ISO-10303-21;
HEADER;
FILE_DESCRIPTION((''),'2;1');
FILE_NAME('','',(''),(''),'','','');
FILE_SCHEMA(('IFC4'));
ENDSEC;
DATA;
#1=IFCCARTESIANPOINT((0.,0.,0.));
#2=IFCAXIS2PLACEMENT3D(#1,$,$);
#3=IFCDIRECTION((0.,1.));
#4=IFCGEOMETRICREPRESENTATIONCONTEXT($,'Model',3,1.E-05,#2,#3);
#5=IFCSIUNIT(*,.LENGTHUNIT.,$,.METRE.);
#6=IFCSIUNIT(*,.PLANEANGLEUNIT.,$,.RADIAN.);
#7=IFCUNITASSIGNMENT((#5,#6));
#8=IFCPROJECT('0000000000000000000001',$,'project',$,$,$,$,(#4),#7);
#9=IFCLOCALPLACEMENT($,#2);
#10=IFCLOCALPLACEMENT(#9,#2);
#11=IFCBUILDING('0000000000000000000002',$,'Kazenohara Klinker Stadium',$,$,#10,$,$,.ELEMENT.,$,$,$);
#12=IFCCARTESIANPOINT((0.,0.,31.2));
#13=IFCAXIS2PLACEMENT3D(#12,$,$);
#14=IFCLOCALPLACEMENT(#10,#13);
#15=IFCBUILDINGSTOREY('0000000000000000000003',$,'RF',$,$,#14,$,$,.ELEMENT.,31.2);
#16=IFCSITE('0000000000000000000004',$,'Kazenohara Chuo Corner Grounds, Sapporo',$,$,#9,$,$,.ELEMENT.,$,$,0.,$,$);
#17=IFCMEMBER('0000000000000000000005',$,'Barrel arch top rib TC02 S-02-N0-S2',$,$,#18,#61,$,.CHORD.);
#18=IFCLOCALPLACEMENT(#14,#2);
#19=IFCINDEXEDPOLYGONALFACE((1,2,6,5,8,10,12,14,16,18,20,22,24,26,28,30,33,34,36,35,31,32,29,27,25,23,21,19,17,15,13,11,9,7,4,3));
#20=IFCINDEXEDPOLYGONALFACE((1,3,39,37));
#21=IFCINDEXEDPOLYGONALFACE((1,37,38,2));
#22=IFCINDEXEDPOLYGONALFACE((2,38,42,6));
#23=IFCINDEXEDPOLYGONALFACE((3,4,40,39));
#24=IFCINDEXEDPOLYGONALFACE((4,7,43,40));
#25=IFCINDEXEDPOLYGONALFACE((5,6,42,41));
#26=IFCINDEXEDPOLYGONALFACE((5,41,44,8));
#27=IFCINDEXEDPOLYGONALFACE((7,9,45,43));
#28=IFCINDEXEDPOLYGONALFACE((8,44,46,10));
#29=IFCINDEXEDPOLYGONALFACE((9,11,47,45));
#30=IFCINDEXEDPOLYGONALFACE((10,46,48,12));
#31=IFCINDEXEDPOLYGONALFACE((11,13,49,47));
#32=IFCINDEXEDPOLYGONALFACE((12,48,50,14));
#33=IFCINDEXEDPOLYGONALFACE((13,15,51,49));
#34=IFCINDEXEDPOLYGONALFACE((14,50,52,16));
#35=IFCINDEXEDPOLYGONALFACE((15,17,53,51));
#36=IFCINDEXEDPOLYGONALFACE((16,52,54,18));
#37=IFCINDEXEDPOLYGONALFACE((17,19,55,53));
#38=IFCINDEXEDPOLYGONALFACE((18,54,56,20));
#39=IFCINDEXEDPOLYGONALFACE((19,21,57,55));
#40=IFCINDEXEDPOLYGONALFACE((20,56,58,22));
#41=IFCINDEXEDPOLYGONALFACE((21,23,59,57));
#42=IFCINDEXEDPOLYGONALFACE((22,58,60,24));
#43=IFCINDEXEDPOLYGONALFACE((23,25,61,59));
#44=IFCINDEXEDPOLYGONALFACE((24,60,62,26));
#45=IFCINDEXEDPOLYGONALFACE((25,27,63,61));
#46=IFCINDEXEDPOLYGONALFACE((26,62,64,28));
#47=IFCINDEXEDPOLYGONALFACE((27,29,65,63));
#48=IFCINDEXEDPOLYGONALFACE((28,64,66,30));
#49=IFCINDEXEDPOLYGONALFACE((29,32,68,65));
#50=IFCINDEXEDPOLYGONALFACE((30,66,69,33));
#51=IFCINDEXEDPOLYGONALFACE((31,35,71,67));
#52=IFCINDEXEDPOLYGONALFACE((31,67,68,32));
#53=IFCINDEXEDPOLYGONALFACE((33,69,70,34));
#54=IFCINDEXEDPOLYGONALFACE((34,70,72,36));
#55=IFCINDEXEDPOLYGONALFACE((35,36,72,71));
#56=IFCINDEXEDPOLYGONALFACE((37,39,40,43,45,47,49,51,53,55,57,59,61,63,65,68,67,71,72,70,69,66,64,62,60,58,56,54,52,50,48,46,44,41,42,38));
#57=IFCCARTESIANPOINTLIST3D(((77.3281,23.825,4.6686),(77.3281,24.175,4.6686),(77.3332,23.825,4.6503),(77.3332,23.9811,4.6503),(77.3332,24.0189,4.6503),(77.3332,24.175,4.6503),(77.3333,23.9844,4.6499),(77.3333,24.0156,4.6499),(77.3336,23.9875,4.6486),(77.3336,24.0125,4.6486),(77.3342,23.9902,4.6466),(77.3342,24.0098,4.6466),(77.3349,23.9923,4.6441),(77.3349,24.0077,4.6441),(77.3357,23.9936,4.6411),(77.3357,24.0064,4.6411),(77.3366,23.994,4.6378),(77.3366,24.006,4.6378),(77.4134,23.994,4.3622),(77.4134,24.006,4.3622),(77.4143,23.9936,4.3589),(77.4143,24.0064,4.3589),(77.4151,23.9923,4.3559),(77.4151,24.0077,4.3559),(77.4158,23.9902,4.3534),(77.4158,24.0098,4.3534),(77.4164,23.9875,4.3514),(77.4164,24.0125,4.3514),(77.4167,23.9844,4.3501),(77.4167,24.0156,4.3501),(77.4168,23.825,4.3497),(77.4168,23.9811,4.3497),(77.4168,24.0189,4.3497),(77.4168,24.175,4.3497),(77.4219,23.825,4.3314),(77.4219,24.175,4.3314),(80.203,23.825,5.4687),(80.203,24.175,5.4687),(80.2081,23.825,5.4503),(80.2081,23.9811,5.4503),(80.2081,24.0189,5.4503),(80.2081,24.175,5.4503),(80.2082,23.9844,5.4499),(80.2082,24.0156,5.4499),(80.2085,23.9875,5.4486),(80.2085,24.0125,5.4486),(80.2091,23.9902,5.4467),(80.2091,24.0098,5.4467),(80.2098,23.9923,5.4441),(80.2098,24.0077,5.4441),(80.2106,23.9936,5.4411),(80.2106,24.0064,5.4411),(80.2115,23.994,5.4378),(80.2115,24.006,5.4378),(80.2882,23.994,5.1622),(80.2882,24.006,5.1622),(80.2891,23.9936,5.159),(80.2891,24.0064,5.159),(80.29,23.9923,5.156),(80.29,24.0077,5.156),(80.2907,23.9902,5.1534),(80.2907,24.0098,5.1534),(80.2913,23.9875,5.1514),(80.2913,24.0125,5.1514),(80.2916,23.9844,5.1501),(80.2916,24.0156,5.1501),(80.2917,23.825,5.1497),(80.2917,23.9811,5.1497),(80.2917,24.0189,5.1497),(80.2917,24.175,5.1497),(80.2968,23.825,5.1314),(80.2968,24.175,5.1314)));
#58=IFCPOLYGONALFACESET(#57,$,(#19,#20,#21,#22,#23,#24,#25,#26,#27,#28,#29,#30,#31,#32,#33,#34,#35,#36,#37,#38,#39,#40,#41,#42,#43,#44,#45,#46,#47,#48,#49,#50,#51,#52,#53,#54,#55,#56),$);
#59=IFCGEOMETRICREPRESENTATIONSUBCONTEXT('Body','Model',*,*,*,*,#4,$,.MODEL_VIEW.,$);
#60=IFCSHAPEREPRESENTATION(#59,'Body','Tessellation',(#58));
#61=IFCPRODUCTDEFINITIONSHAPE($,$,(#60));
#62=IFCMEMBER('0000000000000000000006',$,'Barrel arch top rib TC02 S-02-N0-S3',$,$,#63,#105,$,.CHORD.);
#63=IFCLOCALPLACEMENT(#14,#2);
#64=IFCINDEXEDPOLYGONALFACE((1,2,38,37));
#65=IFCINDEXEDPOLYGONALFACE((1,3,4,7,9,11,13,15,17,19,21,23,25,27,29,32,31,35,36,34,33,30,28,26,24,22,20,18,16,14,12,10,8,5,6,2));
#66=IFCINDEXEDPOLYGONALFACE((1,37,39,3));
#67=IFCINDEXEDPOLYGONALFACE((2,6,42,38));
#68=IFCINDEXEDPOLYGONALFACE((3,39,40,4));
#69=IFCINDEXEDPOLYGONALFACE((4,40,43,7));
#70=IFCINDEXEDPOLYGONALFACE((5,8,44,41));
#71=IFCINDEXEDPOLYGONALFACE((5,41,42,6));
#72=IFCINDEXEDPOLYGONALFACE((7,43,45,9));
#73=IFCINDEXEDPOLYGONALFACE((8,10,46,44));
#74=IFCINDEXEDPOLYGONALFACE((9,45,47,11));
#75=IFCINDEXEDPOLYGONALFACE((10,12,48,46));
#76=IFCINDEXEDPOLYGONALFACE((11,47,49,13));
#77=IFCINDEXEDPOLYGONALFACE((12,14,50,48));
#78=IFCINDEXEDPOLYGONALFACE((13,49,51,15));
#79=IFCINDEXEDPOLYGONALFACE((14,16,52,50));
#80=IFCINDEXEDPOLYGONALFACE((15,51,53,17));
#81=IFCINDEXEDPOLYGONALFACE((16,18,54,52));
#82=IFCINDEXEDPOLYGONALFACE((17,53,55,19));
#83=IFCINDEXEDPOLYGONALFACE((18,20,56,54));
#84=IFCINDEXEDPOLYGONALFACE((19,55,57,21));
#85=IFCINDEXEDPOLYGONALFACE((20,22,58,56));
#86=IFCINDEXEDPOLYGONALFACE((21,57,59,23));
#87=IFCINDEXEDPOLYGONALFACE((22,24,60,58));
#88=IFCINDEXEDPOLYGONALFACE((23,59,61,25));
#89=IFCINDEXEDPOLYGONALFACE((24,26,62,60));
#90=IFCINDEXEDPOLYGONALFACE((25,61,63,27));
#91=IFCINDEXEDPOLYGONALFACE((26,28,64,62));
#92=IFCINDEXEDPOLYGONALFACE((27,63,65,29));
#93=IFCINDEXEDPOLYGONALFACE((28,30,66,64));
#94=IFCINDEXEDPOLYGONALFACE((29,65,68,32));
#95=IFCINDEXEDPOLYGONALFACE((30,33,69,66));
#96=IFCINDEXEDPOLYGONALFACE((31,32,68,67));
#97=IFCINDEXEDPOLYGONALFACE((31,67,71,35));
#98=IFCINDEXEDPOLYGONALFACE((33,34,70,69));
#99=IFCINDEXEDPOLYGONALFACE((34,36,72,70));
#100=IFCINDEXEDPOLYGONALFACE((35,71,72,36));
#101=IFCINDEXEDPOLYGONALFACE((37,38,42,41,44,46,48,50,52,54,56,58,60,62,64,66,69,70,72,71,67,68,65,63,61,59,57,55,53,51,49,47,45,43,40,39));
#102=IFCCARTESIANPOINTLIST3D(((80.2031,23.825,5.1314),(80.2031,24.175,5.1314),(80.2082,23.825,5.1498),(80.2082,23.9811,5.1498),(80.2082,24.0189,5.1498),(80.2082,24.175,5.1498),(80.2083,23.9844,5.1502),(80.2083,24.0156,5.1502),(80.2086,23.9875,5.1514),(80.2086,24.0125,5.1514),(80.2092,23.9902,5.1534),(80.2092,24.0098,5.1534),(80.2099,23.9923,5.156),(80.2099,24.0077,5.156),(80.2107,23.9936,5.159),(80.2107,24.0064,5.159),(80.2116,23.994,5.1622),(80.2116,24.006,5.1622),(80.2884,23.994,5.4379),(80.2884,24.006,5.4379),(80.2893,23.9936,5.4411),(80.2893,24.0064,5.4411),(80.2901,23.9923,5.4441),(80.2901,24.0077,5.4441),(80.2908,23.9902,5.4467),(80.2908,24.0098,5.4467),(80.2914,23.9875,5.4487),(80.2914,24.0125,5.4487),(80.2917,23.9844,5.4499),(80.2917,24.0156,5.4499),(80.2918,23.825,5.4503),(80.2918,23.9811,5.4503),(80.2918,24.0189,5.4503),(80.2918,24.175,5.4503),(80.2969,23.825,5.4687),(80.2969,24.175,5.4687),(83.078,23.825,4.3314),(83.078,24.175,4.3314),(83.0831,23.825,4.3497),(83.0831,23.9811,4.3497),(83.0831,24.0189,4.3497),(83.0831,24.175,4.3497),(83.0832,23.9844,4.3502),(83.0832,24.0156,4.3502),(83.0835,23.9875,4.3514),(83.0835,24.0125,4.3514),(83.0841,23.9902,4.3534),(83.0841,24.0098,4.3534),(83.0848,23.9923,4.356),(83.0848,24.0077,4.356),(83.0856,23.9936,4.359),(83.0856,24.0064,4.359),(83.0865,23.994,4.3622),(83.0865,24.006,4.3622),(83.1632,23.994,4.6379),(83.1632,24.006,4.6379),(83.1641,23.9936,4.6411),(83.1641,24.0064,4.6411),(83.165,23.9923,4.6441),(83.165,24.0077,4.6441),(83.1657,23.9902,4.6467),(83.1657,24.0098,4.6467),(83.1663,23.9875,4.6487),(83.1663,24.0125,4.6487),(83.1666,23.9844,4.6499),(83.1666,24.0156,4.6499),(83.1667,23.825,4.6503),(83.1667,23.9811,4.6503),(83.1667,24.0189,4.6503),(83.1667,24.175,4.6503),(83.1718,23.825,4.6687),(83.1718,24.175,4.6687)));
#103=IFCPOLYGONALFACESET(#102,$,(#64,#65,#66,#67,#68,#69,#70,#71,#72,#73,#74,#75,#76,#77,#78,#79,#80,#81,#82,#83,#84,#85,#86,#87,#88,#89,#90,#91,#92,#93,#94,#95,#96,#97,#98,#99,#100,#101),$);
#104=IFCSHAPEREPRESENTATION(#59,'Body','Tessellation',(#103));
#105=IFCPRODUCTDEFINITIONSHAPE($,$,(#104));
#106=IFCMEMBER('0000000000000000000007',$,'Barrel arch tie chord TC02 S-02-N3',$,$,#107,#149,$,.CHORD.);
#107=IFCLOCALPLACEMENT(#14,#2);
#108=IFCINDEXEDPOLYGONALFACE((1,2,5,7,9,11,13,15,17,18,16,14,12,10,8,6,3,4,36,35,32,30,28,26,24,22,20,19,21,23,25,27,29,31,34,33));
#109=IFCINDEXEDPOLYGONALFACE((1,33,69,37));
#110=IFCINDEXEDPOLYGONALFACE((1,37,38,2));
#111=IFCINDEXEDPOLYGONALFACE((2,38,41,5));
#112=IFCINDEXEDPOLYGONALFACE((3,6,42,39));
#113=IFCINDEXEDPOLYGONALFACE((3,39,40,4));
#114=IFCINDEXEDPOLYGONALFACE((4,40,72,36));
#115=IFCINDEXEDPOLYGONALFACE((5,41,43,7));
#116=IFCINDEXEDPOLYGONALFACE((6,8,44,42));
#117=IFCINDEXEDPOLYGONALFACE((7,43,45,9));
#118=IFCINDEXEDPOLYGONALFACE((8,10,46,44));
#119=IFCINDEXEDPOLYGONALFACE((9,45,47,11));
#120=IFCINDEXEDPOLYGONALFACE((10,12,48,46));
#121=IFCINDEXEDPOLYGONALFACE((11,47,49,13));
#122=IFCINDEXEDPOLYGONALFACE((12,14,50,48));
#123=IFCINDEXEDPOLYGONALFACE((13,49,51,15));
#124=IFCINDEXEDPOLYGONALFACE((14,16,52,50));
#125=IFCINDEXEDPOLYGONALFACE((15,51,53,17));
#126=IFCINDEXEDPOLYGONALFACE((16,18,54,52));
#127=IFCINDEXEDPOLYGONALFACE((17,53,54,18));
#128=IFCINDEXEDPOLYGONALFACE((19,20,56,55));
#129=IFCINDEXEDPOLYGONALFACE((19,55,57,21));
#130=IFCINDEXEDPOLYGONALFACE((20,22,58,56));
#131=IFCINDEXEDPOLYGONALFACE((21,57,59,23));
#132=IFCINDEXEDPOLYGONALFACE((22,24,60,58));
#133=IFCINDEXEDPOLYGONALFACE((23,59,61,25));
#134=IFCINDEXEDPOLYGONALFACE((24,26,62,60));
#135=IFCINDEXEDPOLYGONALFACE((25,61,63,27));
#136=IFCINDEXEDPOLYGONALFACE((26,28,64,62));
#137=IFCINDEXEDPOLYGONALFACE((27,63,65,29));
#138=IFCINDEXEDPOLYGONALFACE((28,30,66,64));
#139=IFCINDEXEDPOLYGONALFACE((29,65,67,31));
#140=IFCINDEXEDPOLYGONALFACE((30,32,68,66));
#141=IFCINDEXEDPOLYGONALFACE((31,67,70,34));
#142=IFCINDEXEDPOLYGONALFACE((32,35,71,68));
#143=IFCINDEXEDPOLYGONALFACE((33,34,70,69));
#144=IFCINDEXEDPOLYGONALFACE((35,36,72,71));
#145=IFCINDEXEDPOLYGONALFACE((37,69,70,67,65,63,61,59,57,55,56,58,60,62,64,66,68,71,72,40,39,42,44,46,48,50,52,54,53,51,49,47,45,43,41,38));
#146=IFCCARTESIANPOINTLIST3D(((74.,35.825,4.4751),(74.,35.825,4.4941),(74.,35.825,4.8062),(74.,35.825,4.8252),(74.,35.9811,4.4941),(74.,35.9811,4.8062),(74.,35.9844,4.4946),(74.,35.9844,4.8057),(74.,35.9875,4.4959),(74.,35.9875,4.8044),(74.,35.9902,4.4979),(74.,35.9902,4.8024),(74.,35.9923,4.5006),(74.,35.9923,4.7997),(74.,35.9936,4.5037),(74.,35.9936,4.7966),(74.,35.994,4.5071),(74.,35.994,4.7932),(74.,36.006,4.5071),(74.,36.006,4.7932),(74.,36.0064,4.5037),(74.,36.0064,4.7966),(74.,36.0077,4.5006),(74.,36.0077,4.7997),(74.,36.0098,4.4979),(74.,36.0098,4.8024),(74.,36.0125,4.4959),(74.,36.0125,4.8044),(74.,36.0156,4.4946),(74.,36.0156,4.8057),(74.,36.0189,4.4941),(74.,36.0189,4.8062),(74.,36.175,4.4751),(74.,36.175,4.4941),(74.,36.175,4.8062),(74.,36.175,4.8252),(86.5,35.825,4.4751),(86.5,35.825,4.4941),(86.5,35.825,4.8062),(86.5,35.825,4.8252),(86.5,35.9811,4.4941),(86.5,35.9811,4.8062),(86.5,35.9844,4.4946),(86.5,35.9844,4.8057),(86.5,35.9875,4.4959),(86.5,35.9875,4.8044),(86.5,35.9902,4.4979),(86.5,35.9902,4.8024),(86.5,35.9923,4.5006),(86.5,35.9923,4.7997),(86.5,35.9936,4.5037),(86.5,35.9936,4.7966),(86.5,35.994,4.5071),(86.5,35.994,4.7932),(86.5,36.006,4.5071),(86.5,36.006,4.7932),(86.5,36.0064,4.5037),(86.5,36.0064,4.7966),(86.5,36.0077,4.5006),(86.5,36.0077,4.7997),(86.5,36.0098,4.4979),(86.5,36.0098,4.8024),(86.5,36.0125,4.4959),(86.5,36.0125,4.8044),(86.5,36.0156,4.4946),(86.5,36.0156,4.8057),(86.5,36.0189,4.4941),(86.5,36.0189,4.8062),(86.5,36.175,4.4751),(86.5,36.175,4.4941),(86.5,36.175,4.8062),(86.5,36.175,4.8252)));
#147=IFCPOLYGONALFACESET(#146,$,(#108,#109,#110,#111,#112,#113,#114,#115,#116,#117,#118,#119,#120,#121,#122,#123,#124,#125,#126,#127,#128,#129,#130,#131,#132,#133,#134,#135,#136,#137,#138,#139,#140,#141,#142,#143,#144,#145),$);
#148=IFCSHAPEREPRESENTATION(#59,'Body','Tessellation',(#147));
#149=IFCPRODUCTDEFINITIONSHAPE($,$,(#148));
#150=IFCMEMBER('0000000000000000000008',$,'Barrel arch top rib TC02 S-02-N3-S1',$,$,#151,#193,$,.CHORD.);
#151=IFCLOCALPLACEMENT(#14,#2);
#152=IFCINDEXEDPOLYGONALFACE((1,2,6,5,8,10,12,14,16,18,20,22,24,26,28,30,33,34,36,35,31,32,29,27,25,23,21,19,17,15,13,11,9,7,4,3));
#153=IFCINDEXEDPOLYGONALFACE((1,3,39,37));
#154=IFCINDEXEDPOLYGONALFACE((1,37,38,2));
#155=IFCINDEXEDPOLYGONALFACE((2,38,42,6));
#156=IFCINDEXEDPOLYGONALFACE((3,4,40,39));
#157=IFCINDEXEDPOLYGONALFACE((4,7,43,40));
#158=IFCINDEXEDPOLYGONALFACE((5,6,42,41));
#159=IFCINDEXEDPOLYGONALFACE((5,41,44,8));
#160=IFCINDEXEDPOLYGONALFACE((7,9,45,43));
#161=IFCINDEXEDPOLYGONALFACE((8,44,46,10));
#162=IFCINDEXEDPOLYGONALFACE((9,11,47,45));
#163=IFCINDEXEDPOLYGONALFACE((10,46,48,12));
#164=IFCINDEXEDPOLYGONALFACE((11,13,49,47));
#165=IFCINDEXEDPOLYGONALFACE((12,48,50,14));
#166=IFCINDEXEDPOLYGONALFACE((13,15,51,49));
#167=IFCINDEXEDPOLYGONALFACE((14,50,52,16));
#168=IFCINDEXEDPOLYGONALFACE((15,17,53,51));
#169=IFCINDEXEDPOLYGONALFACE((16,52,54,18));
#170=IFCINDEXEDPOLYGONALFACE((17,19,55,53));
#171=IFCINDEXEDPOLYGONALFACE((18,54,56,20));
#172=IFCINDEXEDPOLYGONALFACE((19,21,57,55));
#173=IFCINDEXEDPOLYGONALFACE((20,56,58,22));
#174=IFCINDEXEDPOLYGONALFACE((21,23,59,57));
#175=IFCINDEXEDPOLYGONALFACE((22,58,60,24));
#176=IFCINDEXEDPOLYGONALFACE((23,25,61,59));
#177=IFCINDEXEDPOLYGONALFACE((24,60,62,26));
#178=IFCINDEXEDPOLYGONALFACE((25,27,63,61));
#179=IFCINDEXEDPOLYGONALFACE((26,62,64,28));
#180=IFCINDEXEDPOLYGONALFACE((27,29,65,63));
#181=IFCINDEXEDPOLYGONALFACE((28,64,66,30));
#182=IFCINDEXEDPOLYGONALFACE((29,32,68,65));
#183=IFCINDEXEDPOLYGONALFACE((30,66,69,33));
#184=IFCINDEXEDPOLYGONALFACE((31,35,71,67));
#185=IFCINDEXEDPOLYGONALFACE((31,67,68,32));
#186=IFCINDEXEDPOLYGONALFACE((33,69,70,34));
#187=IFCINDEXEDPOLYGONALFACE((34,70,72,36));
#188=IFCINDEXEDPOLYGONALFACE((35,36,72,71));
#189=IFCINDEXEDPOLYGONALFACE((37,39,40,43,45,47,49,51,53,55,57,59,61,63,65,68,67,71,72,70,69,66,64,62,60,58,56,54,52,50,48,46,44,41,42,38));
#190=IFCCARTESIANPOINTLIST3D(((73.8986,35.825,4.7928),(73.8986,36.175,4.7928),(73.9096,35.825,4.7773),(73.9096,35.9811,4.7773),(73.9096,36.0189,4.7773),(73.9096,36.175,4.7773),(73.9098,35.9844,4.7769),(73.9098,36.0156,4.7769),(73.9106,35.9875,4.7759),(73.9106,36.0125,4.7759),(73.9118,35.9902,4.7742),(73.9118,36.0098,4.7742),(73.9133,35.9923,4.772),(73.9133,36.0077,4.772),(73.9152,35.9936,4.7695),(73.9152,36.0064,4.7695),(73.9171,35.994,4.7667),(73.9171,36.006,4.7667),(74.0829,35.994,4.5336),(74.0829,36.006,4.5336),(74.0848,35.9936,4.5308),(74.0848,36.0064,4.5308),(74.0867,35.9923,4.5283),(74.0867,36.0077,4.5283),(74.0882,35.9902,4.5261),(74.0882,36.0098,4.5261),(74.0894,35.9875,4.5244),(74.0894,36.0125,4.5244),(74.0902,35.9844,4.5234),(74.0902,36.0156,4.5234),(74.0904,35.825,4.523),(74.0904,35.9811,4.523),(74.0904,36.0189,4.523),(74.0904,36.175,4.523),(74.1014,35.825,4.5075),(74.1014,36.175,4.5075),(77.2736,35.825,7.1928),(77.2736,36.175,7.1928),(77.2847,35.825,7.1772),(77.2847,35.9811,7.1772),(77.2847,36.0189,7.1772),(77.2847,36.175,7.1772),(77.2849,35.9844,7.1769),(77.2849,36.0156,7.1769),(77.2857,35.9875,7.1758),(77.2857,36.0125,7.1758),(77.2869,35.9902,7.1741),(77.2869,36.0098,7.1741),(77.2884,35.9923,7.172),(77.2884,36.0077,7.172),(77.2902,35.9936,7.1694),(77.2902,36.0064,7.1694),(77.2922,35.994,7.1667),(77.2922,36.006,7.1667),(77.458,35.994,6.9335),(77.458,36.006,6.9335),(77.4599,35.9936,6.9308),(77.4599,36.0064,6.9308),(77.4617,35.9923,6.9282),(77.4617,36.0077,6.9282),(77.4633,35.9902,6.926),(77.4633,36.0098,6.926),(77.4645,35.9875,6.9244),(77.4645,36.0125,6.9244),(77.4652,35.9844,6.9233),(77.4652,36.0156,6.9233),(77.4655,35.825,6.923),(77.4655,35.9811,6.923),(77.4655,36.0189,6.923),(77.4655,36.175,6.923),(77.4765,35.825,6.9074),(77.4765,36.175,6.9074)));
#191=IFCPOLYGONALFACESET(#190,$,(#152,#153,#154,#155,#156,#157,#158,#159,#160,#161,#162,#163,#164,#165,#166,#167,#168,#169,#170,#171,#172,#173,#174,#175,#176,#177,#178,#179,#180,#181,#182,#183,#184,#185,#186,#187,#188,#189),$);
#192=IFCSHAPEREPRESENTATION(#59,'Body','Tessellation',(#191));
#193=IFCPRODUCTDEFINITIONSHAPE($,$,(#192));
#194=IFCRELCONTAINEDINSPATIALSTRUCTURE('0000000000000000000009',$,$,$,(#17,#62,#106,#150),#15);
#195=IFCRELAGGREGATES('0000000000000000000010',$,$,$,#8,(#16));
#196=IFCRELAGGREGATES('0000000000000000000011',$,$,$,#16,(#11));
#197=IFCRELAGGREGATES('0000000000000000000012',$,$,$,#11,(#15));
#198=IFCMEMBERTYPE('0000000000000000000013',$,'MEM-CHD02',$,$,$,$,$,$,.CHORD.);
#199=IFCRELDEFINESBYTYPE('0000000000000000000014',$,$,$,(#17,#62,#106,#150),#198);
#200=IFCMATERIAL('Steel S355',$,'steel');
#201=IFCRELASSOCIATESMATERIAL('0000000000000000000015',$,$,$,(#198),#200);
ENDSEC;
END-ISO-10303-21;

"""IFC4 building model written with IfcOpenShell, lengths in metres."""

from ifc_helpers import new_model, si_unit, direction, frame, origin, origin_2d, place, context, subcontext, project, spatial, i_section, extrude, material, material_profile, profile_set, type_object, element, save


model = new_model("IFC4")

# Units and contexts
model_context = context("Model", 3, precision=1e-05, world=origin(), true_north=direction((0.0, 1.0)))
body_context = subcontext(model_context, "Body", "Model", "MODEL_VIEW")
ifc_project = project(units=[si_unit("LENGTHUNIT", "METRE"), si_unit("PLANEANGLEUNIT", "RADIAN")], contexts=[model_context])

# Site, building, storey
site_placement = place(None, origin())
site = spatial("IfcSite", under=ifc_project, at=site_placement, Name="Kazenohara Chuo Corner Grounds, Sapporo", CompositionType="ELEMENT", RefElevation=0.0)
building_placement = place(site_placement, origin())
building = spatial("IfcBuilding", under=site, at=building_placement, Name="Kazenohara Klinker Stadium", CompositionType="ELEMENT")
storey_placement = place(building_placement, frame((0.0, 0.0, 31.2)))
storey = spatial("IfcBuildingStorey", under=building, at=storey_placement, Name="RF", CompositionType="ELEMENT", Elevation=31.2)

# Members
ifc_material_1 = material(Name="Steel S355", Category="steel")
ifc_material_profile_1 = material_profile(ifc_material_1, i_section(OverallWidth=0.3501, OverallDepth=0.3501, WebThickness=0.012, FlangeThickness=0.019, FilletRadius=0.0129, at=origin_2d()), Name="H-350x350x12x19")
ifc_profile_set_1 = profile_set([ifc_material_profile_1], Name="Steel S355")
member_type_1 = type_object("IfcMemberType", Name="MEM-CHD02", PredefinedType="CHORD", material=ifc_profile_set_1)
for number, where, z_axis, x_axis, name in (
    (1, (77.375, 24.0, 4.5), (0.963394, 0.0, 0.268091), (0.0, 1.0, 0.0), "Barrel arch top rib TC02 S-02-N0-S2"),
    (2, (80.25, 24.0, 5.3), (0.963394, 0.0, -0.268091), (0.0, 1.0, 0.0), "Barrel arch top rib TC02 S-02-N0-S3"),
):
    element("IfcMember", number, at=place(storey_placement, frame(where, z_axis=z_axis, x_axis=x_axis)), inside=storey, type_object=member_type_1, Name=name, PredefinedType="CHORD", context=body_context, shape_type="SweptSolid", body=[
        extrude(i_section(OverallWidth=0.3501, OverallDepth=0.3501, WebThickness=0.012, FlangeThickness=0.019, FilletRadius=0.0129, at=origin_2d()), origin(), (0.0, 0.0, 1.0), 2.9841),
    ])
member_1_placement = place(storey_placement, frame((74.0, 36.0, 4.6501), z_axis=(1.0, 0.0, 0.0), x_axis=(0.0, 1.0, 0.0)))
element("IfcMember", 3, at=member_1_placement, inside=storey, type_object=member_type_1, Name="Barrel arch tie chord TC02 S-02-N3", PredefinedType="CHORD", context=body_context, shape_type="SweptSolid", body=[
    extrude(i_section(OverallWidth=0.3501, OverallDepth=0.3501, WebThickness=0.012, FlangeThickness=0.019, FilletRadius=0.0129, at=origin_2d()), origin(), (0.0, 0.0, 1.0), 12.5),
])
member_2_placement = place(storey_placement, frame((74.0, 36.0, 4.6501), z_axis=(0.814966, 0.0, 0.579508), x_axis=(0.0, 1.0, 0.0)))
element("IfcMember", 4, at=member_2_placement, inside=storey, type_object=member_type_1, Name="Barrel arch top rib TC02 S-02-N3-S1", PredefinedType="CHORD", context=body_context, shape_type="SweptSolid", body=[
    extrude(i_section(OverallWidth=0.3501, OverallDepth=0.3501, WebThickness=0.012, FlangeThickness=0.019, FilletRadius=0.0129, at=origin_2d()), origin(), (0.0, 0.0, 1.0), 4.1414),
])

save(model, "model.ifc")
